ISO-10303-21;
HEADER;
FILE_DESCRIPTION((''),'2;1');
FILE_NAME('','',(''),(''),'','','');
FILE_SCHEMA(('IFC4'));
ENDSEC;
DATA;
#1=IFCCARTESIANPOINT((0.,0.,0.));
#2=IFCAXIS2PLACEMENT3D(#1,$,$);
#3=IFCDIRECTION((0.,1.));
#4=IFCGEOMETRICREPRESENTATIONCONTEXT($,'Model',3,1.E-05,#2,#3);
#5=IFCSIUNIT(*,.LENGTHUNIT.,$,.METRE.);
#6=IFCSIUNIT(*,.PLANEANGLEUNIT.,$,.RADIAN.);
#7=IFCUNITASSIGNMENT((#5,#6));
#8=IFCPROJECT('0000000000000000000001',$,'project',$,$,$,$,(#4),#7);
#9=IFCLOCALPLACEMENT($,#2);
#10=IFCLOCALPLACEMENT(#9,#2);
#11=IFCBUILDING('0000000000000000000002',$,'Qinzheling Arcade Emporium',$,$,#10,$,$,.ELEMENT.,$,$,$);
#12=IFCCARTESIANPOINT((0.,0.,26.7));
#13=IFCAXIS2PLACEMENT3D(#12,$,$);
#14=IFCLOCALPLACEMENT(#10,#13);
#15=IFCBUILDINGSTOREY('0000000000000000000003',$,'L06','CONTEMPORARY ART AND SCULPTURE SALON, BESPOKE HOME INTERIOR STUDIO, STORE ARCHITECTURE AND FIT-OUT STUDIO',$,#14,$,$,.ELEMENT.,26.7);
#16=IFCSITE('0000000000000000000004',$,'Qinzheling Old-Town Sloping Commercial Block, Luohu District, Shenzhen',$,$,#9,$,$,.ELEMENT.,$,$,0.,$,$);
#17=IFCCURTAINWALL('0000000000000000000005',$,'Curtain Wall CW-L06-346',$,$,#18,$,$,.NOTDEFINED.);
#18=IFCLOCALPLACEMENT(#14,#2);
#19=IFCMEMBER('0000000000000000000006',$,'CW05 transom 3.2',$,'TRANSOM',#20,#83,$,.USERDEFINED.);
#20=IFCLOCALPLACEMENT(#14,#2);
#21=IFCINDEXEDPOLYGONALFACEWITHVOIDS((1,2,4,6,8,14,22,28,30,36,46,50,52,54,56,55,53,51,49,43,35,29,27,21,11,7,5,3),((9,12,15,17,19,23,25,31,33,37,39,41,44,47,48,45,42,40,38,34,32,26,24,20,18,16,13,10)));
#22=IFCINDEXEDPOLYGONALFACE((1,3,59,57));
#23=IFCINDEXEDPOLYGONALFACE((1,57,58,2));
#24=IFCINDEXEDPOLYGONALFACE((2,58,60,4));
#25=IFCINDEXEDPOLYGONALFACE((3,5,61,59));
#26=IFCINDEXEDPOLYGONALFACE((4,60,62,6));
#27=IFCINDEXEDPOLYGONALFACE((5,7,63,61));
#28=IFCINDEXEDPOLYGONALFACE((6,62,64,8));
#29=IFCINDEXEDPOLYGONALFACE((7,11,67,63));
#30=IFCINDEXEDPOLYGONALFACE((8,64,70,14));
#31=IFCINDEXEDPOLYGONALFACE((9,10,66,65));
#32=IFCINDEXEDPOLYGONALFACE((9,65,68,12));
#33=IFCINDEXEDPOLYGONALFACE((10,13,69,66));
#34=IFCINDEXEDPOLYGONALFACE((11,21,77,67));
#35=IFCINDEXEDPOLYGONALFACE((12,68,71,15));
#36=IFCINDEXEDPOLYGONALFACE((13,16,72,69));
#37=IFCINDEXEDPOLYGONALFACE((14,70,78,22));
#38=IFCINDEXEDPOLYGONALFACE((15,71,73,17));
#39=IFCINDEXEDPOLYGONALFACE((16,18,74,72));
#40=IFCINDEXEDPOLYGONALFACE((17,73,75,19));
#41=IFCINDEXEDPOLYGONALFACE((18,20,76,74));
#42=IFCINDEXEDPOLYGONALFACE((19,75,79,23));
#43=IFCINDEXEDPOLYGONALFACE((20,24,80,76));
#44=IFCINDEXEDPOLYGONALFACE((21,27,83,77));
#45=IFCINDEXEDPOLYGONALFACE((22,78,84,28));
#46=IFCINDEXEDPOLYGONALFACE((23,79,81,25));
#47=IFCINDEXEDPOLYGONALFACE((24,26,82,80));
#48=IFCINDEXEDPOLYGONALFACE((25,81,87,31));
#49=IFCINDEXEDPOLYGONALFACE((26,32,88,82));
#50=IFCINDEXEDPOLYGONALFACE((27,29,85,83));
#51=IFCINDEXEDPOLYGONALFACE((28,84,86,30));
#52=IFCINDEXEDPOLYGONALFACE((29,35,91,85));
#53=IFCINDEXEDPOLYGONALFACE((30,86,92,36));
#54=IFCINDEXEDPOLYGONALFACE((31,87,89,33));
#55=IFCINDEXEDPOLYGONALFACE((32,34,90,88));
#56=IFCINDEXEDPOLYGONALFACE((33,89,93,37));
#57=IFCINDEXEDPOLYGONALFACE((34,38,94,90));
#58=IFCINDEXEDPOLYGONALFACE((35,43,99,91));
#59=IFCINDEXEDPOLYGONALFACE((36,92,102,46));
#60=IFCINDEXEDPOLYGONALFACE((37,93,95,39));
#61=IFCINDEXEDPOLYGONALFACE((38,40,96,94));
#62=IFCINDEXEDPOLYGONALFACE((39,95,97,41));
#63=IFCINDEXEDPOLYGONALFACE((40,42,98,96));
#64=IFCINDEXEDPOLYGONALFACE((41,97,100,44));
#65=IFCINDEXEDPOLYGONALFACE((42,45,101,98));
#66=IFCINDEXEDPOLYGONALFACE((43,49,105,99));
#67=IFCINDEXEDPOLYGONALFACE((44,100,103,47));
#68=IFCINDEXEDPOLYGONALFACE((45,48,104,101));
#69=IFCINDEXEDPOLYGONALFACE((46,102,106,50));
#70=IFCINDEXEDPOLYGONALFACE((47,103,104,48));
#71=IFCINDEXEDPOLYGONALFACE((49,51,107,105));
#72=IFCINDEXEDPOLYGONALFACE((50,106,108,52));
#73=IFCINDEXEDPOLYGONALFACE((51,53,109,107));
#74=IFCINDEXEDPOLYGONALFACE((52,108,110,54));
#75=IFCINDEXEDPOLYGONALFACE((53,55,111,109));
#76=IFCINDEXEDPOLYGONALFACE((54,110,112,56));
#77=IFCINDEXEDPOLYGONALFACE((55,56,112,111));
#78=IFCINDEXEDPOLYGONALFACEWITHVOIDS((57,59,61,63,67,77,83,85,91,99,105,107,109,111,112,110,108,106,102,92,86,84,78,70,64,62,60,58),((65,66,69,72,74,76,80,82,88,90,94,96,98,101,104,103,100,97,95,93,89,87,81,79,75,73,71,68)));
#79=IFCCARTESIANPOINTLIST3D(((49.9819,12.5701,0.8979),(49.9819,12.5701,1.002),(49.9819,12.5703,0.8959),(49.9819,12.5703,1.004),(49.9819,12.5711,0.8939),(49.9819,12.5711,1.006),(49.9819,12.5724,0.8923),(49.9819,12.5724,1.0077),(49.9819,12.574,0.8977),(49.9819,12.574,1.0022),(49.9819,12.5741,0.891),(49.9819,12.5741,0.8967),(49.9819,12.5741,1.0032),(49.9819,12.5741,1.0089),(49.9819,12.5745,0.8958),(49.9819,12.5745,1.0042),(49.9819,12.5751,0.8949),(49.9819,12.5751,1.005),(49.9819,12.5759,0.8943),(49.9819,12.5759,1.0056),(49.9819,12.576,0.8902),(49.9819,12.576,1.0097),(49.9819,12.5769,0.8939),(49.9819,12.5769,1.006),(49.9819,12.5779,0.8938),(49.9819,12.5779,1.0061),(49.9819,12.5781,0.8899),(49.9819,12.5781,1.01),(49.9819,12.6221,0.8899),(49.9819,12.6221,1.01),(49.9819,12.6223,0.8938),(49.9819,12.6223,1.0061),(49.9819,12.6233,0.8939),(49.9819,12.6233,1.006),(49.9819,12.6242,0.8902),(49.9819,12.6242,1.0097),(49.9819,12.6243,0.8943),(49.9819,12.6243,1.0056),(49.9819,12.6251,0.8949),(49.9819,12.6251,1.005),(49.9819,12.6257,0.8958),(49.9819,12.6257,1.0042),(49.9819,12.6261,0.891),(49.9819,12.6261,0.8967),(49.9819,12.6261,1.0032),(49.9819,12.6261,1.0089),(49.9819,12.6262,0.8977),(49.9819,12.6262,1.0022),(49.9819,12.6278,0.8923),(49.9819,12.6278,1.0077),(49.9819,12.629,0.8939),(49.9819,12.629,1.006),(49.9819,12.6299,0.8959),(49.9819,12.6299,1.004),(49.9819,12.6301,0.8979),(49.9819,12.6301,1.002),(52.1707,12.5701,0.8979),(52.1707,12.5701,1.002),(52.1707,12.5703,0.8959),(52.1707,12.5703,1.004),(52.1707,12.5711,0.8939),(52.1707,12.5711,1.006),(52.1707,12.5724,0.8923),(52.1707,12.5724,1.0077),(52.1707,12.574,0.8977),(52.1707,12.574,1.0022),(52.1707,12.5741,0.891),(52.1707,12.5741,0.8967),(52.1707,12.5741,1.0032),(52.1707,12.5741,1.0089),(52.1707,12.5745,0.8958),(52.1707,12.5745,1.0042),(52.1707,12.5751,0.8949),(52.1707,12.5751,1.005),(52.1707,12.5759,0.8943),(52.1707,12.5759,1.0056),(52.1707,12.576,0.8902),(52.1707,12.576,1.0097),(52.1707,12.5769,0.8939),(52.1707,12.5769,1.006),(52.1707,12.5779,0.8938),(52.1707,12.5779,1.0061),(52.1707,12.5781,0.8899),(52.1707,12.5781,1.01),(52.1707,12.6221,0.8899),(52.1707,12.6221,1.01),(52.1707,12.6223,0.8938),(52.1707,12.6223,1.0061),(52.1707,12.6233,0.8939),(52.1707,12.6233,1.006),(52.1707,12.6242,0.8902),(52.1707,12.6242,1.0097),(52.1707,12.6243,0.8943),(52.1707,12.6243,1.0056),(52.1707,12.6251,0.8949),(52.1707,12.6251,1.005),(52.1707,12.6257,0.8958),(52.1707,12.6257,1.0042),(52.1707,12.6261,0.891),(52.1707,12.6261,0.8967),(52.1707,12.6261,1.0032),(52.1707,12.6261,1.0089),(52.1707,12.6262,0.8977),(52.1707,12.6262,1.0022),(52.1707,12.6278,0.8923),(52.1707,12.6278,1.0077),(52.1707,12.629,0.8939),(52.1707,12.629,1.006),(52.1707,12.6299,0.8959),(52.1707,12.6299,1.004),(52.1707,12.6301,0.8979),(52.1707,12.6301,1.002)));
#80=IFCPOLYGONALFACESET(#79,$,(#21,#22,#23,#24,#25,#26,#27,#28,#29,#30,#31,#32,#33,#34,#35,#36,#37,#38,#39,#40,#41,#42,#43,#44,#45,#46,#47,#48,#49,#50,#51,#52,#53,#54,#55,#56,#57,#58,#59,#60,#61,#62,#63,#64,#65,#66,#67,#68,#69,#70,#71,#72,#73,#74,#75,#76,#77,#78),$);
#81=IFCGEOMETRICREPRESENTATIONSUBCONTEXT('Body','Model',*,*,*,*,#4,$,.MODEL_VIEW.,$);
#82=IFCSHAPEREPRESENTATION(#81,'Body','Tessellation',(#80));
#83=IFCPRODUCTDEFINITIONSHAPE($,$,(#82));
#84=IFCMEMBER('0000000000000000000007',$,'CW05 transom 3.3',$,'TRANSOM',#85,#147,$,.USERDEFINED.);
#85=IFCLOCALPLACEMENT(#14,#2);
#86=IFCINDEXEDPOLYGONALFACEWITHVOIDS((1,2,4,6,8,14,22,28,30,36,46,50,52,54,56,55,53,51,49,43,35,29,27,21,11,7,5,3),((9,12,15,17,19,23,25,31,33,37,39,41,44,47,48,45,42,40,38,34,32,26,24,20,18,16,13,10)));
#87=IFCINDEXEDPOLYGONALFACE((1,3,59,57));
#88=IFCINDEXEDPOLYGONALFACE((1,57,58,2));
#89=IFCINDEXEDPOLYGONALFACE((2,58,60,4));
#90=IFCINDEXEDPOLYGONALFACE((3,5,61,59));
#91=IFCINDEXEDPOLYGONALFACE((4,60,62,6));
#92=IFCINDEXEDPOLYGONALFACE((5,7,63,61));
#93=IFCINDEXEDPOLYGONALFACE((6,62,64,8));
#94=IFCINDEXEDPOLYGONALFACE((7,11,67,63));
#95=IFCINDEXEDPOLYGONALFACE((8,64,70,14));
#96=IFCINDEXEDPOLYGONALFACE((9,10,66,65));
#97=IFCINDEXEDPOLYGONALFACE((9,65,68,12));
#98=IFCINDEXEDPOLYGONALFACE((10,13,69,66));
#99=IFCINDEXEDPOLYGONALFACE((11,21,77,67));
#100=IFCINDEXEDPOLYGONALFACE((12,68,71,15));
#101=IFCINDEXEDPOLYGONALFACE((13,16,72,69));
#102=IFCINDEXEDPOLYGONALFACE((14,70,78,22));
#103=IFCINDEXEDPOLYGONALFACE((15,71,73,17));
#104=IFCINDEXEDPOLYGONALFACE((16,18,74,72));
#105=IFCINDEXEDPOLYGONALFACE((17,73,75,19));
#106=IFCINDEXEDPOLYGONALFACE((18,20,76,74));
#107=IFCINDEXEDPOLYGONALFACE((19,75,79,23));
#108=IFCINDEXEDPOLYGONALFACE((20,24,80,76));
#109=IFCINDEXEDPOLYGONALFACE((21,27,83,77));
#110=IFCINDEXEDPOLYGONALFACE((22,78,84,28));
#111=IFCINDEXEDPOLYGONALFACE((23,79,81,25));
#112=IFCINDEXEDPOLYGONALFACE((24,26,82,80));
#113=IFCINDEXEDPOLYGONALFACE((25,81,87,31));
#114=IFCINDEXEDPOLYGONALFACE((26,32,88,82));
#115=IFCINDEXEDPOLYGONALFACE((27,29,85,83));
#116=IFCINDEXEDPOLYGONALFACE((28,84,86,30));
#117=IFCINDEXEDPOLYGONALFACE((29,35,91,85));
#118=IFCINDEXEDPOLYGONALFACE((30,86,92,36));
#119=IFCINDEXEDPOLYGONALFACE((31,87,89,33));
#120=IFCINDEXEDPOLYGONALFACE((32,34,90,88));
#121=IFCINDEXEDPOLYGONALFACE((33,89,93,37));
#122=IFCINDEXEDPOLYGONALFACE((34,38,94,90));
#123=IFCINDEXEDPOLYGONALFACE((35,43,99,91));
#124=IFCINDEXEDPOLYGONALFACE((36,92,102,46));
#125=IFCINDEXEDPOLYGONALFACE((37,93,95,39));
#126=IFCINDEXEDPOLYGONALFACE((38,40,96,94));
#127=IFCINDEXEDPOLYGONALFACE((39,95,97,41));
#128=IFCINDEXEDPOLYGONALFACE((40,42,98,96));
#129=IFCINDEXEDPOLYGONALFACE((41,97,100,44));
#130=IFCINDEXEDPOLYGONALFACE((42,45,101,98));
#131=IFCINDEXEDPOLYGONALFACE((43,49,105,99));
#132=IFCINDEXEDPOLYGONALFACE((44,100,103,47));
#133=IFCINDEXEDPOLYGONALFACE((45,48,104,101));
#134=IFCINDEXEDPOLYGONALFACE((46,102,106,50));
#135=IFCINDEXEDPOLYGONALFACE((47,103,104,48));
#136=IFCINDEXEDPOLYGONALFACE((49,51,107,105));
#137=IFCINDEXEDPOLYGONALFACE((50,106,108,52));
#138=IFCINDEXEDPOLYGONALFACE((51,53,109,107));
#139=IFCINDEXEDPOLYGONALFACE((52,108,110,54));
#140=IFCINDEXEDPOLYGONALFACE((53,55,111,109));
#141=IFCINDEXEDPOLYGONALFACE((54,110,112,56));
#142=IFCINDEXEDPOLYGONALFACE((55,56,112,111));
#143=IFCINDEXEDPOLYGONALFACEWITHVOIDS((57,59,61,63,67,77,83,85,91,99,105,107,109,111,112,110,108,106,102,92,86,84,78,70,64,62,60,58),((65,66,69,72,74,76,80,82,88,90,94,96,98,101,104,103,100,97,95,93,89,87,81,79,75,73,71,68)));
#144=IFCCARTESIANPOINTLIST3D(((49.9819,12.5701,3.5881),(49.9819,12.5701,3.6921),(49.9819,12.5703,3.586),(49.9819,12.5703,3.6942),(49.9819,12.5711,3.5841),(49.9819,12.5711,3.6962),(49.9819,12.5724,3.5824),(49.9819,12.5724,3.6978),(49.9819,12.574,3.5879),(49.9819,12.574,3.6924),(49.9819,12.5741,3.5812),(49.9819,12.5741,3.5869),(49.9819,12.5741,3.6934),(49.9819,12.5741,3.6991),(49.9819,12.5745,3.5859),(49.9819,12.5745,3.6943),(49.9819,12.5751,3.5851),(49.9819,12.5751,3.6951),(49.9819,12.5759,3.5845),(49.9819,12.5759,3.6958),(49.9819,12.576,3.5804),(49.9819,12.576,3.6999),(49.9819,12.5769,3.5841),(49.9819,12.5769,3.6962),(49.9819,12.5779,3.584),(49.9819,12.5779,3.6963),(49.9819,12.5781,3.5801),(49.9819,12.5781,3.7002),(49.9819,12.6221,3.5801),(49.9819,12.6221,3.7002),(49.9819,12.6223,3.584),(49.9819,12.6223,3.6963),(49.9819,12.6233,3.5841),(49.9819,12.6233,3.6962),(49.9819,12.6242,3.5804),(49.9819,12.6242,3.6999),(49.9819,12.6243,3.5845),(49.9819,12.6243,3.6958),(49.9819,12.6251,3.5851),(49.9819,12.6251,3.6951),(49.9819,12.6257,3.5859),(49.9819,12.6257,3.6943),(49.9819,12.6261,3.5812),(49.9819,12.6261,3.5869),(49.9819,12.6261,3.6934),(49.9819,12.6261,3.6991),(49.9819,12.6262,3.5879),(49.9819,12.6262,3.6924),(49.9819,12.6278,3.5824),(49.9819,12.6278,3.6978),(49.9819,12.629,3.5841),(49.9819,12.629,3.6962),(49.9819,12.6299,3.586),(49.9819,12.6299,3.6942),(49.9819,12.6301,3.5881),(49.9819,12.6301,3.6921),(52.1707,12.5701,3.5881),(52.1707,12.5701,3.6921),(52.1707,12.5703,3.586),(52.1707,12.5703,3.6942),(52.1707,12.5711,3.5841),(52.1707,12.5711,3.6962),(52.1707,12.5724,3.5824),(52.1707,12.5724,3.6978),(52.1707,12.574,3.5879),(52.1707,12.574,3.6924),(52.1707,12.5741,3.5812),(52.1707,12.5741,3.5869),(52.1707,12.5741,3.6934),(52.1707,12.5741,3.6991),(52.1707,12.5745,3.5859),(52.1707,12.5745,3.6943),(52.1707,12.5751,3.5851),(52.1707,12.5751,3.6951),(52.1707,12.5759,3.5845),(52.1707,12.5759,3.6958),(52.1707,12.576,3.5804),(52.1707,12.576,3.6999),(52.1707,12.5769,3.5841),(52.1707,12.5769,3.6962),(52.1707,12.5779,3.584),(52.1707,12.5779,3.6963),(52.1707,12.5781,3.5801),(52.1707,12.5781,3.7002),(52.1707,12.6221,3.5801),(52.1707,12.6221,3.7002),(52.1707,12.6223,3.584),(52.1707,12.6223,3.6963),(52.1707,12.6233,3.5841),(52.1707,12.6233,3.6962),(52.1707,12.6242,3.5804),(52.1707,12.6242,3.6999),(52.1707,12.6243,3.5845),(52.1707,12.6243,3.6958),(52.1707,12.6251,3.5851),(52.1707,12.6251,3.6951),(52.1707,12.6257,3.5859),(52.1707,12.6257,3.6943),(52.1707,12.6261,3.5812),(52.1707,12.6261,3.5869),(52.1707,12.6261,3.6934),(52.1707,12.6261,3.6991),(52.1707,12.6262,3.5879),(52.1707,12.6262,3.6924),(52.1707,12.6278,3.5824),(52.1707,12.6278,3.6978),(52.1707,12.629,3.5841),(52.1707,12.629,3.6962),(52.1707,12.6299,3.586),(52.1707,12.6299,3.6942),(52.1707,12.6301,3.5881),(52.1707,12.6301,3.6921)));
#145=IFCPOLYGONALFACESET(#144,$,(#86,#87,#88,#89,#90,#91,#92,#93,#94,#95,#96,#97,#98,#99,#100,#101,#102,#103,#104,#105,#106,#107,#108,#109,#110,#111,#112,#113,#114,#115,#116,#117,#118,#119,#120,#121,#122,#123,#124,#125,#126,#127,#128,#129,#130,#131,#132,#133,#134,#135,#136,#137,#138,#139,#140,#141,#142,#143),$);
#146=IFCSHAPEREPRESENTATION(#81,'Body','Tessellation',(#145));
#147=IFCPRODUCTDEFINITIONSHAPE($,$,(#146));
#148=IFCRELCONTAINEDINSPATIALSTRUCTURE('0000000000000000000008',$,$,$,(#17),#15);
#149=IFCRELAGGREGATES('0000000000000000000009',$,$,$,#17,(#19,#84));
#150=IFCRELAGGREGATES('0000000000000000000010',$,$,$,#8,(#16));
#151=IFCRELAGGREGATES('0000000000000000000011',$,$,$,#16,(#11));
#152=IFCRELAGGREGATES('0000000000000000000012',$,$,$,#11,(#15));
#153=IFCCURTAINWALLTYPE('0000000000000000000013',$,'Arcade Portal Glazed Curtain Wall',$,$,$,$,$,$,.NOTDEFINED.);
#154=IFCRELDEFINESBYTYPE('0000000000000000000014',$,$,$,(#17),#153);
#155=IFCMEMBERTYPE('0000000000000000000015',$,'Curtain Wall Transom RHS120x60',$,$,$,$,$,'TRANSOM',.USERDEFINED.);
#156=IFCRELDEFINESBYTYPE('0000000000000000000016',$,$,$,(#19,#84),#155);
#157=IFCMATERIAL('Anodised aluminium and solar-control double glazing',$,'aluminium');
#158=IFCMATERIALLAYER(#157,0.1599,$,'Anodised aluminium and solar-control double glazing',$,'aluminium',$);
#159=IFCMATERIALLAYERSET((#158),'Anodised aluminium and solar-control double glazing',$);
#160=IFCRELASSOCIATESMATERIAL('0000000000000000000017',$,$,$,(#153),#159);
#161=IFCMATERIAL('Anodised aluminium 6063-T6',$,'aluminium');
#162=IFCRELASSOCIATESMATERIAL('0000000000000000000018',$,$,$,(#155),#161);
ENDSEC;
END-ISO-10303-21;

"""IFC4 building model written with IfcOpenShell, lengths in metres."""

from ifc_helpers import new_model, si_unit, direction, frame, origin, origin_2d, place, context, subcontext, project, spatial, hollow_rectangle, extrude, material, layer, layer_set, material_profile, profile_set, type_object, element, aggregate, save


model = new_model("IFC4")

# Units and contexts
model_context = context("Model", 3, precision=1e-05, world=origin(), true_north=direction((0.0, 1.0)))
body_context = subcontext(model_context, "Body", "Model", "MODEL_VIEW")
ifc_project = project(units=[si_unit("LENGTHUNIT", "METRE"), si_unit("PLANEANGLEUNIT", "RADIAN")], contexts=[model_context])

# Site, building, storey
site_placement = place(None, origin())
site = spatial("IfcSite", under=ifc_project, at=site_placement, Name="Qinzheling Old-Town Sloping Commercial Block, Luohu District, Shenzhen", CompositionType="ELEMENT", RefElevation=0.0)
building_placement = place(site_placement, origin())
building = spatial("IfcBuilding", under=site, at=building_placement, Name="Qinzheling Arcade Emporium", CompositionType="ELEMENT")
storey_placement = place(building_placement, frame((0.0, 0.0, 26.7)))
storey = spatial("IfcBuildingStorey", under=building, at=storey_placement, Name="L06", Description="CONTEMPORARY ART AND SCULPTURE SALON, BESPOKE HOME INTERIOR STUDIO, STORE ARCHITECTURE AND FIT-OUT STUDIO", CompositionType="ELEMENT", Elevation=26.7)

# Curtain wall, members
ifc_material_1 = material(Name="Anodised aluminium and solar-control double glazing", Category="aluminium")
ifc_layer_1 = layer(ifc_material_1, 0.1599, Name="Anodised aluminium and solar-control double glazing", Category="aluminium")
ifc_layer_set_1 = layer_set([ifc_layer_1], Name="Anodised aluminium and solar-control double glazing")
curtain_wall_type = type_object("IfcCurtainWallType", Name="Arcade Portal Glazed Curtain Wall", PredefinedType="NOTDEFINED", material=ifc_layer_set_1)
curtain_wall_placement = place(storey_placement, origin())
curtain_wall = element("IfcCurtainWall", 1, at=curtain_wall_placement, inside=storey, type_object=curtain_wall_type, Name="Curtain Wall CW-L06-346", PredefinedType="NOTDEFINED")
ifc_material_2 = material(Name="Anodised aluminium 6063-T6", Category="aluminium")
ifc_material_profile_1 = material_profile(ifc_material_2, hollow_rectangle(XDim=0.0601, YDim=0.1201, WallThickness=0.0039, InnerFilletRadius=0.0039, OuterFilletRadius=0.0081, at=origin_2d()), Name="RHS 120x60x4", Category="aluminium")
ifc_profile_set_1 = profile_set([ifc_material_profile_1], Name="Anodised aluminium 6063-T6")
member_type_1 = type_object("IfcMemberType", Name="Curtain Wall Transom RHS120x60", ElementType="TRANSOM", PredefinedType="USERDEFINED", material=ifc_profile_set_1)
member_1_placement = place(storey_placement, frame((52.1707, 12.6001, 0.95), z_axis=(-1.0, 0.0, 0.0), x_axis=(0.0, -1.0, 0.0)))
member_1 = element("IfcMember", 2, at=member_1_placement, type_object=member_type_1, Name="CW05 transom 3.2", ObjectType="TRANSOM", PredefinedType="USERDEFINED", context=body_context, shape_type="SweptSolid", body=[
    extrude(hollow_rectangle(XDim=0.0601, YDim=0.1201, WallThickness=0.0039, InnerFilletRadius=0.0039, OuterFilletRadius=0.0081, at=origin_2d()), origin(), (0.0, 0.0, 1.0), 2.1887),
])
member_2_placement = place(storey_placement, frame((52.1707, 12.6001, 3.6401), z_axis=(-1.0, 0.0, 0.0), x_axis=(0.0, -1.0, 0.0)))
member_2 = element("IfcMember", 3, at=member_2_placement, type_object=member_type_1, Name="CW05 transom 3.3", ObjectType="TRANSOM", PredefinedType="USERDEFINED", context=body_context, shape_type="SweptSolid", body=[
    extrude(hollow_rectangle(XDim=0.0601, YDim=0.1201, WallThickness=0.0039, InnerFilletRadius=0.0039, OuterFilletRadius=0.0081, at=origin_2d()), origin(), (0.0, 0.0, 1.0), 2.1887),
])

aggregate(curtain_wall, [member_1, member_2])

save(model, "model.ifc")
